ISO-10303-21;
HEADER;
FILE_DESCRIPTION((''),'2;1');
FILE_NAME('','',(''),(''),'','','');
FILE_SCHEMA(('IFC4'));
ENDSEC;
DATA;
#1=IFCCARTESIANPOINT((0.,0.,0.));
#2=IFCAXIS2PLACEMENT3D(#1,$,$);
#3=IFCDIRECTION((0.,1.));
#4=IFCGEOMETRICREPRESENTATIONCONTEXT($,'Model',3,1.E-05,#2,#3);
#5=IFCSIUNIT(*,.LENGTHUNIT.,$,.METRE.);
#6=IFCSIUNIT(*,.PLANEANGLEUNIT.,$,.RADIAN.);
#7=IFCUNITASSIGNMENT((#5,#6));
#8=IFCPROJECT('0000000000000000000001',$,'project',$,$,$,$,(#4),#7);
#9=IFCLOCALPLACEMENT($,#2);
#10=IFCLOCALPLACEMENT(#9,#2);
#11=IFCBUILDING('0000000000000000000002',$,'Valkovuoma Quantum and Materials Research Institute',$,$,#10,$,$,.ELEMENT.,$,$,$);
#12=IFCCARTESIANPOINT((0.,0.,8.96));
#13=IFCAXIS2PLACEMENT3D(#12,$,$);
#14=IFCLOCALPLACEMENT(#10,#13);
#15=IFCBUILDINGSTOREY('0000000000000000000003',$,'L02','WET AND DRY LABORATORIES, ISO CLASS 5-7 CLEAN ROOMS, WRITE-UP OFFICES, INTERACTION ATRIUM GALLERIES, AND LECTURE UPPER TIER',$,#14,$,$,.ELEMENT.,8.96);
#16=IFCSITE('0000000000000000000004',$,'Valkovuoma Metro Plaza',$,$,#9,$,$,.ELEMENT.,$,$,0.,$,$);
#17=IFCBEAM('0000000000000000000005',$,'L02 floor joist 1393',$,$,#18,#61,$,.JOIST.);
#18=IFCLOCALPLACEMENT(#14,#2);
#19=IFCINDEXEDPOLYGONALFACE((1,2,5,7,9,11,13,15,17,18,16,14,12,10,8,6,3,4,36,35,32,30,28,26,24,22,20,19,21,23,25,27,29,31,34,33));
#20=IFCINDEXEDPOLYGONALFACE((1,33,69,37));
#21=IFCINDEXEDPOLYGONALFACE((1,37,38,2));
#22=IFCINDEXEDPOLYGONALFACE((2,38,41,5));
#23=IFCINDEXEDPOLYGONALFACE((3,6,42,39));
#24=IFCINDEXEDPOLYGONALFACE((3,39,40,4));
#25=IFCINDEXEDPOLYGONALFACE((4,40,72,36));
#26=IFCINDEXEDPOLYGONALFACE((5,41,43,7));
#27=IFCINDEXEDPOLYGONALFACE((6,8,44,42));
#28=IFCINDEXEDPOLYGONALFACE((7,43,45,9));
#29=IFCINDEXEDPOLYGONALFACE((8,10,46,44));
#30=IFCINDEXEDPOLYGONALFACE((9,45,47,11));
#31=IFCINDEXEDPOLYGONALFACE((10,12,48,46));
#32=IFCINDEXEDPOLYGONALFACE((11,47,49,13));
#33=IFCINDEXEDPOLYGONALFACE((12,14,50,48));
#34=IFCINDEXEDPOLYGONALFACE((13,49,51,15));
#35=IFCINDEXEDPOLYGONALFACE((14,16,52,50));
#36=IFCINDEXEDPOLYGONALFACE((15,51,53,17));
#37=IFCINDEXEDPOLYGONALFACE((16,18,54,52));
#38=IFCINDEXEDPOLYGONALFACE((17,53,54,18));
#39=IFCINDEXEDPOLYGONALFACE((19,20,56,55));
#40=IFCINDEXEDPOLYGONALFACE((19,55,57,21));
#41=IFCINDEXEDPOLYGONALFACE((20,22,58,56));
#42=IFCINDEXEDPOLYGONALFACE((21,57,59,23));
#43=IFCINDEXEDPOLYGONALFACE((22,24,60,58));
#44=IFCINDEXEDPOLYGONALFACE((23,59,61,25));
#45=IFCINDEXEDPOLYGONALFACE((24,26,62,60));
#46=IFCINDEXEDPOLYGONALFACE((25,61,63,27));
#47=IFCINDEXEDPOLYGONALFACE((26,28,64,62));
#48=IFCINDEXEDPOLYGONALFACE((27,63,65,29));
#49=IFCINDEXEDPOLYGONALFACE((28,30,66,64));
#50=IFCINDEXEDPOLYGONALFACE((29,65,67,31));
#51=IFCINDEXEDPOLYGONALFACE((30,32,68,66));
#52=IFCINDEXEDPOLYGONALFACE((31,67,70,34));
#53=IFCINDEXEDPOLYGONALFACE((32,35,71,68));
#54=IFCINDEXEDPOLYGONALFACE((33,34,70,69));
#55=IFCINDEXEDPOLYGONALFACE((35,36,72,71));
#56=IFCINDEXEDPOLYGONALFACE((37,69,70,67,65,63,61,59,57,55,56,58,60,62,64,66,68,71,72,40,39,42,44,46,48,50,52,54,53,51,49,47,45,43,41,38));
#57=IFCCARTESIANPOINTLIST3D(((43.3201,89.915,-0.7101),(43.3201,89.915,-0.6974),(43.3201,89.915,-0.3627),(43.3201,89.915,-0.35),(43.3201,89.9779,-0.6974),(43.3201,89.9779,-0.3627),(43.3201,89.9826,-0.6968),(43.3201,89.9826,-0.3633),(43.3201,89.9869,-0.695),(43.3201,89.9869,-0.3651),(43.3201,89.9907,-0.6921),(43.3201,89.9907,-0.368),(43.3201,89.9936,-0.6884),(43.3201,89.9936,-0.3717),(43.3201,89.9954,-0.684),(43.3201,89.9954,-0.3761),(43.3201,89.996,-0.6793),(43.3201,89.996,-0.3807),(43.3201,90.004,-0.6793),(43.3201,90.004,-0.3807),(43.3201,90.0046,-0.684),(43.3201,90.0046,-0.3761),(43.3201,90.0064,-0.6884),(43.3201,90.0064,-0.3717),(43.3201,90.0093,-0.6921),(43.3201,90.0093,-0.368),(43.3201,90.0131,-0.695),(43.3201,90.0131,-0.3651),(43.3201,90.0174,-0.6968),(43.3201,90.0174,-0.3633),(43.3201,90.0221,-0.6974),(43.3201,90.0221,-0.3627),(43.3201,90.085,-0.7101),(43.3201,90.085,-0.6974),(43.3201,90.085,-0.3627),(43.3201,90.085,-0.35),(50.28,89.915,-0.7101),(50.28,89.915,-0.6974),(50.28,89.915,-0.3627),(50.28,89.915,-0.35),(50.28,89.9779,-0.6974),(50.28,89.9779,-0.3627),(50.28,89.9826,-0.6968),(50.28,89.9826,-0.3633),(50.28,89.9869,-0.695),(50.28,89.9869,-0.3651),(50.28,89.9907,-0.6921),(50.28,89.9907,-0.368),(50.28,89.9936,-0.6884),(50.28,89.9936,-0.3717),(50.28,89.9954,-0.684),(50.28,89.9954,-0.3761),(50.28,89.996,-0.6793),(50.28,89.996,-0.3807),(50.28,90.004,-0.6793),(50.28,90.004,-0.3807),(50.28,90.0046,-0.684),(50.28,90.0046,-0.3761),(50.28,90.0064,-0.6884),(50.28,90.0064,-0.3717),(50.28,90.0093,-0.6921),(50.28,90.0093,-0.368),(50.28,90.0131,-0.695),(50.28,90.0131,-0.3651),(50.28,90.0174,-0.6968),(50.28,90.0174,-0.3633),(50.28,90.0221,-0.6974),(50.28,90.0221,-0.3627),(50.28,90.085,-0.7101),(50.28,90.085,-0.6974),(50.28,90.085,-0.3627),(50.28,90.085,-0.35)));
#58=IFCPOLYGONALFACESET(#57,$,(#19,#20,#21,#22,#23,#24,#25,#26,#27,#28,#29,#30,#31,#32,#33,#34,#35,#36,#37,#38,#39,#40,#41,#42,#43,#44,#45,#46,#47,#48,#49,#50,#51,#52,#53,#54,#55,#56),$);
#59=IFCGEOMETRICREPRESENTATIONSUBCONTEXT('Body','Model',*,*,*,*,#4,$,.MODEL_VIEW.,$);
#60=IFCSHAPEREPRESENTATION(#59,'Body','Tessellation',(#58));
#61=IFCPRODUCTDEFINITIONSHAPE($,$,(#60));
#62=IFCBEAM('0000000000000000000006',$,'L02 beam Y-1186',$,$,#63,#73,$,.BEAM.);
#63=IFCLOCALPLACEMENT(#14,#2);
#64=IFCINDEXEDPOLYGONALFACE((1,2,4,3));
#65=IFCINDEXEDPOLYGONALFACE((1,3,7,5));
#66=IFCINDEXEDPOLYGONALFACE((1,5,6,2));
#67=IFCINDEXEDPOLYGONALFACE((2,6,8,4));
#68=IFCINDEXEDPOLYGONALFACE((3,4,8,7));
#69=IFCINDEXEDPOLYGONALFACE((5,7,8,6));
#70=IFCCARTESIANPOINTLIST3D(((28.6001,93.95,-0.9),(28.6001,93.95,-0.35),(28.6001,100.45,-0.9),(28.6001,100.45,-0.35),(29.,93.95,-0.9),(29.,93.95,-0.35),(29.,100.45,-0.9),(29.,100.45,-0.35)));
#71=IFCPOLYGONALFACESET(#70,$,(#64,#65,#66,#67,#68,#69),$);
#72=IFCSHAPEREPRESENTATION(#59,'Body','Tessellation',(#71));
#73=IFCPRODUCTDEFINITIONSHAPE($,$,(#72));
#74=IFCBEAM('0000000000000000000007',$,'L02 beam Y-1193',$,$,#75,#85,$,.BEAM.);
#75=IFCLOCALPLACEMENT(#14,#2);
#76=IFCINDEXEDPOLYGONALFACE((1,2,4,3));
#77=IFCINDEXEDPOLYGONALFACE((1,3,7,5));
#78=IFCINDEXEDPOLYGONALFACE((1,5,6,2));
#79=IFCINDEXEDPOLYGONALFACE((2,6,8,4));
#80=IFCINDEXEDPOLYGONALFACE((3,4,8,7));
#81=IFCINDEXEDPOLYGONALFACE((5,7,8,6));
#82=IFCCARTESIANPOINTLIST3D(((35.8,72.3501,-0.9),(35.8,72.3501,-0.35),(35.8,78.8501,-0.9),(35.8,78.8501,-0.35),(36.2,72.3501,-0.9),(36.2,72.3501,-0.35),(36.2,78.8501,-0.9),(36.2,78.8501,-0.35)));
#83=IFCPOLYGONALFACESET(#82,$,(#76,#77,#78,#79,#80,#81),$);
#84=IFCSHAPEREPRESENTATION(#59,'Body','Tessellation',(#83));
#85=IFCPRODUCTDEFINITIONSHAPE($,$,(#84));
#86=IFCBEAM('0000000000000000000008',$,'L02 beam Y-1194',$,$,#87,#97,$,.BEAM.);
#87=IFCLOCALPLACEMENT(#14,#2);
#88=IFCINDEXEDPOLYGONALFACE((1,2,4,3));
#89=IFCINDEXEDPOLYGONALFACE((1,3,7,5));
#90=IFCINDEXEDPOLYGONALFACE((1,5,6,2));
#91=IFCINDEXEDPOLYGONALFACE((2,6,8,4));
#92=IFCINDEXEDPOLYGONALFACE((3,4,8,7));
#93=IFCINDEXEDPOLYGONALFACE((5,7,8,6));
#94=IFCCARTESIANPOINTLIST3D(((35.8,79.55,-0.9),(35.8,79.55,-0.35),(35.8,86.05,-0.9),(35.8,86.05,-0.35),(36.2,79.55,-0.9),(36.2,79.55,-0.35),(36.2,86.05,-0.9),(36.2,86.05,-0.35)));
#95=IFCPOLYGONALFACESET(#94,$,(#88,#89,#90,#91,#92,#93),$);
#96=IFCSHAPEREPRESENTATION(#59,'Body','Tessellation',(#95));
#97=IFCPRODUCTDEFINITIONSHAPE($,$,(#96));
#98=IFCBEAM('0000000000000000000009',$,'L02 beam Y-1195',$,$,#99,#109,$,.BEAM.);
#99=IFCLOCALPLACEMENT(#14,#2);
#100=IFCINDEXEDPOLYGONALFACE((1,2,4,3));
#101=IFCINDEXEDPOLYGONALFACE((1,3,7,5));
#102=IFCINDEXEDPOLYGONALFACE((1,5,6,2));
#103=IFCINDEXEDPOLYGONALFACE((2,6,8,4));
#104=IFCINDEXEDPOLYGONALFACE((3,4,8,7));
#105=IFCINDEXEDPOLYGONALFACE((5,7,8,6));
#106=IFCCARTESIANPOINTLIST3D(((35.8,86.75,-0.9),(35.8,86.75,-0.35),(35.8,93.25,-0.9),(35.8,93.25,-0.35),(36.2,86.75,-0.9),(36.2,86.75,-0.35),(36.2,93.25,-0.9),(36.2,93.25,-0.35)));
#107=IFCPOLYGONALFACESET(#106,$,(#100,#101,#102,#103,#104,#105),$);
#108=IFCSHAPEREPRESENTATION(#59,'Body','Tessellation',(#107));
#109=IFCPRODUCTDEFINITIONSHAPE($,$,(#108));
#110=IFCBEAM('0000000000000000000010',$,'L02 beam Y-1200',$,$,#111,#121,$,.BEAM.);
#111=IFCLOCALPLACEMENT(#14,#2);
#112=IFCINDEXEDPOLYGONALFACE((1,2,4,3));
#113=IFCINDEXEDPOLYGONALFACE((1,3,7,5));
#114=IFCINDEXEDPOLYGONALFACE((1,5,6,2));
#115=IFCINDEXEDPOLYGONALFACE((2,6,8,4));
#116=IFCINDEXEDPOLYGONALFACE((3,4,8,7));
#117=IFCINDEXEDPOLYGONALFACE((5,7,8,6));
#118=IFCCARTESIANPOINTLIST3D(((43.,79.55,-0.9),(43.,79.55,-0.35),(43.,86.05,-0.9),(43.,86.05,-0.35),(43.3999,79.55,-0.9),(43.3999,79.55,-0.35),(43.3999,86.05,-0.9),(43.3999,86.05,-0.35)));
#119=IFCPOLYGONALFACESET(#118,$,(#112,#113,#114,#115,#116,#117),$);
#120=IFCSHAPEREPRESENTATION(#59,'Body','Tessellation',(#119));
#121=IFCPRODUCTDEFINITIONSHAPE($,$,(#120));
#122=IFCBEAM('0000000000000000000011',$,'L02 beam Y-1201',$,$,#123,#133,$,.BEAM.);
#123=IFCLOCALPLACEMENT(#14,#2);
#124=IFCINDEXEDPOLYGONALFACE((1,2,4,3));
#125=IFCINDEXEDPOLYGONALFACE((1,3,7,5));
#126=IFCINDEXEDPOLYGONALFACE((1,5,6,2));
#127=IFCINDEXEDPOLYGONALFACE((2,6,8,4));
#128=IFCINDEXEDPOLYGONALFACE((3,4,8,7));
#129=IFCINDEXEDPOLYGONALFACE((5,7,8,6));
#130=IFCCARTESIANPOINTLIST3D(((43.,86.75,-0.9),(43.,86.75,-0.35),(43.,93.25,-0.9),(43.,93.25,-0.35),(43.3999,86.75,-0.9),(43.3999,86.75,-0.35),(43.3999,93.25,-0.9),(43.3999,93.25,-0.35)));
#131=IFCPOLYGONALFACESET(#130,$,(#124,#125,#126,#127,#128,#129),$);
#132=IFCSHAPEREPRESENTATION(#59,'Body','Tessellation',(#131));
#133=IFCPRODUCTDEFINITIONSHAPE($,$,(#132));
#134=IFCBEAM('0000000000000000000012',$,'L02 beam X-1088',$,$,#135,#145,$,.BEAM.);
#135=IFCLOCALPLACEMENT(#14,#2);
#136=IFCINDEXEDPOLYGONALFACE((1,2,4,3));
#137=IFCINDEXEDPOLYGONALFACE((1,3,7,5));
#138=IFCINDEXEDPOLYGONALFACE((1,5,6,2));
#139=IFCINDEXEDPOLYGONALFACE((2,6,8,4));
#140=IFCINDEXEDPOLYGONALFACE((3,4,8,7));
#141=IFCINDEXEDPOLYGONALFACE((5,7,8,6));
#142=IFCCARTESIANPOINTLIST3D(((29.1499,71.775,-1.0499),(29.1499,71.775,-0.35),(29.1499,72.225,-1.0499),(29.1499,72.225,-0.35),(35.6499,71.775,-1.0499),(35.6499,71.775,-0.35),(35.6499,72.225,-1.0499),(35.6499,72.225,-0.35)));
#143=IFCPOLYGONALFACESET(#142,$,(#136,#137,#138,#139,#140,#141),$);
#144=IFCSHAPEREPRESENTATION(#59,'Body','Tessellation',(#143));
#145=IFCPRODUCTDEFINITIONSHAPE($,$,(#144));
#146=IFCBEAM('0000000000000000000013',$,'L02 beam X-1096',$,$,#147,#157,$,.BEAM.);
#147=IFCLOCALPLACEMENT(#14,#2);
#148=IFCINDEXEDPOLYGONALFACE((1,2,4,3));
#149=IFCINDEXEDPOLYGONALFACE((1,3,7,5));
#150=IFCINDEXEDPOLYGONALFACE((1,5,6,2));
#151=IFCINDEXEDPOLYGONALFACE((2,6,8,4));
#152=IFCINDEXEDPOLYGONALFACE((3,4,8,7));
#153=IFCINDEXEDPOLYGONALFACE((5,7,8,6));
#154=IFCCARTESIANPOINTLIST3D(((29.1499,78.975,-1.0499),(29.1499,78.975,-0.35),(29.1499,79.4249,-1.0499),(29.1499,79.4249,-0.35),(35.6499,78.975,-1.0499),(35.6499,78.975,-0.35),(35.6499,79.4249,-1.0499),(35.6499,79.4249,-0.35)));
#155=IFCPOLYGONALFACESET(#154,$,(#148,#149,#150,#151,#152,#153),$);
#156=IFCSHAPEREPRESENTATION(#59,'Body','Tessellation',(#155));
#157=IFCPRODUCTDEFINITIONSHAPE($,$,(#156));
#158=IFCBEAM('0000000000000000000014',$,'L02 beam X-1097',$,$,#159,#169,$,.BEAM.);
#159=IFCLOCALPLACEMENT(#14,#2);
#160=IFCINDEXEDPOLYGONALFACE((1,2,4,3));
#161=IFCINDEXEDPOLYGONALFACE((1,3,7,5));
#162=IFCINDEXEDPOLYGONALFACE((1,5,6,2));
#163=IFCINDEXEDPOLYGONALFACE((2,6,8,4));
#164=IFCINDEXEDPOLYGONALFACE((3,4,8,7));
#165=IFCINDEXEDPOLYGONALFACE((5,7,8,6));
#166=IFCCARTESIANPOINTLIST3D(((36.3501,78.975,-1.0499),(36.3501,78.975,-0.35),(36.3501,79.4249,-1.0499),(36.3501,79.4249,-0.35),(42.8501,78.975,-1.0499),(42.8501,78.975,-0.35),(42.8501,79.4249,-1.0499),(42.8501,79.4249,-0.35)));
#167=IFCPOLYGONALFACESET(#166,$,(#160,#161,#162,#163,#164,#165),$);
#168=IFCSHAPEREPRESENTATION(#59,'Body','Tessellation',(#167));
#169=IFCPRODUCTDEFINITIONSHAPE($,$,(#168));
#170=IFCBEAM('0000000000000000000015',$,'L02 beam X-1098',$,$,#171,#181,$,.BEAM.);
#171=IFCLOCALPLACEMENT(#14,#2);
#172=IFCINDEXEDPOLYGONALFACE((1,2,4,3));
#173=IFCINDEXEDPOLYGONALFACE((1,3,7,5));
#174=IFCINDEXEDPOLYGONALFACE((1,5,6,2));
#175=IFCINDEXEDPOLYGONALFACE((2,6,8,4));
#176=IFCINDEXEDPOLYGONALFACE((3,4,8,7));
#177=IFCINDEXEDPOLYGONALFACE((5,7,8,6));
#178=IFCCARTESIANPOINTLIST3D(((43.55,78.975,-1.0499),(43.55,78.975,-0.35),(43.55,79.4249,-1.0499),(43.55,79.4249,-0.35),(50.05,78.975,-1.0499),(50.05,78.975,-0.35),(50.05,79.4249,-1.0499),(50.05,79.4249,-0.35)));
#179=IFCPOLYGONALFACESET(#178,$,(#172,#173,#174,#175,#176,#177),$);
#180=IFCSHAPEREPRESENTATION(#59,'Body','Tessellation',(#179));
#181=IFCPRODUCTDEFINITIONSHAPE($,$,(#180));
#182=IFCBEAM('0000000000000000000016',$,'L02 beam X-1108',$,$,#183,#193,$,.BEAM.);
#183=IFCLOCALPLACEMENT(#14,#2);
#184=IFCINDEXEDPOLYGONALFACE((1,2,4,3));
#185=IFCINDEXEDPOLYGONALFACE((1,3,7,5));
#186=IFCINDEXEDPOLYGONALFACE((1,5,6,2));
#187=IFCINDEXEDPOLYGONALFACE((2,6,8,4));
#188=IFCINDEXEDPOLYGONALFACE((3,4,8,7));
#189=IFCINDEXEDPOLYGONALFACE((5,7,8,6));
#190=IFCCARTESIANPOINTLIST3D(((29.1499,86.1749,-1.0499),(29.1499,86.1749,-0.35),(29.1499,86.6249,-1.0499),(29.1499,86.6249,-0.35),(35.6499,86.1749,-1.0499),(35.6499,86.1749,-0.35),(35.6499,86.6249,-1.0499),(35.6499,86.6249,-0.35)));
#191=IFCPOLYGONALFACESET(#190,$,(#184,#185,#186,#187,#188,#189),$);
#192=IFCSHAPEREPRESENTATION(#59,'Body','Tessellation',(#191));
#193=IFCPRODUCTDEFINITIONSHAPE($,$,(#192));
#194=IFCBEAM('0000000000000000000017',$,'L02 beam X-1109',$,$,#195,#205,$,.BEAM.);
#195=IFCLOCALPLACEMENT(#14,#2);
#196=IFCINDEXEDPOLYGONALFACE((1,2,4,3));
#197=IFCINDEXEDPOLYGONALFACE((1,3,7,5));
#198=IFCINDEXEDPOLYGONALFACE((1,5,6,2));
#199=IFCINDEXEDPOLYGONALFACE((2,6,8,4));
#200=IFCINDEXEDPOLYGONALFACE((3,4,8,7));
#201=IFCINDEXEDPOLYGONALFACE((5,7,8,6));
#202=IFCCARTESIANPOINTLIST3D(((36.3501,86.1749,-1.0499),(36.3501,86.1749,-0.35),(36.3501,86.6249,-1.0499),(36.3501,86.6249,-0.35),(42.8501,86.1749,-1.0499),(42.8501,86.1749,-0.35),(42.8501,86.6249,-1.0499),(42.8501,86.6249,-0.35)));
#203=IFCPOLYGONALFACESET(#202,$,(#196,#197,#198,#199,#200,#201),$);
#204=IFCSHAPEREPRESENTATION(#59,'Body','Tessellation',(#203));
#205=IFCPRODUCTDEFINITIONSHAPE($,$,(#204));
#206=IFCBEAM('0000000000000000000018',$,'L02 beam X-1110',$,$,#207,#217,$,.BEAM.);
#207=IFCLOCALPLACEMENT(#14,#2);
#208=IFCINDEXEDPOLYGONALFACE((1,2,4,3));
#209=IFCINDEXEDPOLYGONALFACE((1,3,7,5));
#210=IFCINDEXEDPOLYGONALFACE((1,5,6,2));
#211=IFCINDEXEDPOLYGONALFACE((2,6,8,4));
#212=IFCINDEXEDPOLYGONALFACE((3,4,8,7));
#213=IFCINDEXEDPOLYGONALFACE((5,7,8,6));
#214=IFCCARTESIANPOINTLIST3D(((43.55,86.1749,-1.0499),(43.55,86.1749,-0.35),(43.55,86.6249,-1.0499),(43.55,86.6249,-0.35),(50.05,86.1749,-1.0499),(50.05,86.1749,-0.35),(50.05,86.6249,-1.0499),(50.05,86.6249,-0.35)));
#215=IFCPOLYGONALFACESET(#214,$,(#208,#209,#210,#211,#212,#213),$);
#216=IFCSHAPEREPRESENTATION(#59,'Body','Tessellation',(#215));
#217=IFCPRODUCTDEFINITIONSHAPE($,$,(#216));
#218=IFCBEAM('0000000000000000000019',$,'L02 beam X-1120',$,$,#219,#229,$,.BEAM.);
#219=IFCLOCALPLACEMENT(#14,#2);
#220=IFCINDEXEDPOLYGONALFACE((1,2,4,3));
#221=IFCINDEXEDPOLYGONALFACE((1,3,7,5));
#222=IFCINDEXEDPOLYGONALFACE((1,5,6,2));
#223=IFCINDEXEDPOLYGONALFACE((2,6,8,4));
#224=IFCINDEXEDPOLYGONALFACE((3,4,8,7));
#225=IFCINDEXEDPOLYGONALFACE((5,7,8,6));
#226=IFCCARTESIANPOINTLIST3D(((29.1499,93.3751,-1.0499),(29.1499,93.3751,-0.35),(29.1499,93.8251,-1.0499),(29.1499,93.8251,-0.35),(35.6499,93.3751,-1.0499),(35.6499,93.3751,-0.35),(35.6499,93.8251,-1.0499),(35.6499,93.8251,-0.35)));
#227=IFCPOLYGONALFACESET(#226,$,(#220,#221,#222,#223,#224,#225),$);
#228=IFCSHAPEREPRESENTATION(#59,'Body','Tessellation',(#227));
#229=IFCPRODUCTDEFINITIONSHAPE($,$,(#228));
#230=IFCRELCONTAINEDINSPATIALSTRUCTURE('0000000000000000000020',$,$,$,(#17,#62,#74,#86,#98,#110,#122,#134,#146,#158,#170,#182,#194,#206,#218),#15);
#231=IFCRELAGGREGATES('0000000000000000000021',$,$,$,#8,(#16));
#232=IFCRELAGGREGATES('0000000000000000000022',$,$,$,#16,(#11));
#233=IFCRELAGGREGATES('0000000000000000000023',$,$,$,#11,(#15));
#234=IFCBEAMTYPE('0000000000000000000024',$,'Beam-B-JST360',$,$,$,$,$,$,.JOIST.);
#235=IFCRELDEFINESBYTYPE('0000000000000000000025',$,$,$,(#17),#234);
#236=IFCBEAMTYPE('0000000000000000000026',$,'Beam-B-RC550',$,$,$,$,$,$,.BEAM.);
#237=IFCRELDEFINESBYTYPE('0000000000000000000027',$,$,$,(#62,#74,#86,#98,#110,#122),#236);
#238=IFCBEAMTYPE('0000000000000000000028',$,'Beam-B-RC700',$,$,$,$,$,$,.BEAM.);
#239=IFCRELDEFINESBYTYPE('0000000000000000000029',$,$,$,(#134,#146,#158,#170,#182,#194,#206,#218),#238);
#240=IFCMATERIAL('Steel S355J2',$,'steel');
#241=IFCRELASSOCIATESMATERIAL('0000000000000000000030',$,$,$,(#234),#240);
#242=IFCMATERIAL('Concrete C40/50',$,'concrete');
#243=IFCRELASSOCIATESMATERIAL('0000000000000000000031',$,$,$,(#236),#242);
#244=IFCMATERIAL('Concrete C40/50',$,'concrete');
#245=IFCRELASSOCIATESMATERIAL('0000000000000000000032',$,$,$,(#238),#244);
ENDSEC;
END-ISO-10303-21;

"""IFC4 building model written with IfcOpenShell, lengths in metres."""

from ifc_helpers import new_model, si_unit, direction, frame, origin, origin_2d, place, context, subcontext, project, spatial, rectangle, i_section, extrude, material, material_profile, profile_set, type_object, element, save


model = new_model("IFC4")

# Units and contexts
model_context = context("Model", 3, precision=1e-05, world=origin(), true_north=direction((0.0, 1.0)))
body_context = subcontext(model_context, "Body", "Model", "MODEL_VIEW")
ifc_project = project(units=[si_unit("LENGTHUNIT", "METRE"), si_unit("PLANEANGLEUNIT", "RADIAN")], contexts=[model_context])

# Site, building, storey
site_placement = place(None, origin())
site = spatial("IfcSite", under=ifc_project, at=site_placement, Name="Valkovuoma Metro Plaza", CompositionType="ELEMENT", RefElevation=0.0)
building_placement = place(site_placement, origin())
building = spatial("IfcBuilding", under=site, at=building_placement, Name="Valkovuoma Quantum and Materials Research Institute", CompositionType="ELEMENT")
storey_placement = place(building_placement, frame((0.0, 0.0, 8.96)))
storey = spatial("IfcBuildingStorey", under=building, at=storey_placement, Name="L02", Description="WET AND DRY LABORATORIES, ISO CLASS 5-7 CLEAN ROOMS, WRITE-UP OFFICES, INTERACTION ATRIUM GALLERIES, AND LECTURE UPPER TIER", CompositionType="ELEMENT", Elevation=8.96)

# Beams
ifc_material_1 = material(Name="Steel S355J2", Category="steel")
ifc_material_profile_1 = material_profile(ifc_material_1, i_section(OverallWidth=0.1699, OverallDepth=0.3601, WebThickness=0.0081, FlangeThickness=0.0127, FilletRadius=0.0181, at=origin_2d()), Name="Steel S355J2")
ifc_profile_set_1 = profile_set([ifc_material_profile_1], Name="Steel S355J2")
beam_type_1 = type_object("IfcBeamType", Name="Beam-B-JST360", PredefinedType="JOIST", material=ifc_profile_set_1)
for number, where, z_axis, x_axis, name in (
    (1, (43.3201, 90.0, -0.53), (1.0, 0.0, 0.0), (0.0, 1.0, 0.0), "L02 floor joist 1393"),
):
    element("IfcBeam", number, at=place(storey_placement, frame(where, z_axis=z_axis, x_axis=x_axis)), inside=storey, type_object=beam_type_1, Name=name, PredefinedType="JOIST", context=body_context, shape_type="SweptSolid", body=[
        extrude(i_section(OverallWidth=0.1699, OverallDepth=0.3601, WebThickness=0.0081, FlangeThickness=0.0127, FilletRadius=0.0181, at=origin_2d()), origin(), (0.0, 0.0, 1.0), 6.96),
    ])
ifc_material_2 = material(Name="Concrete C40/50", Category="concrete")
ifc_material_profile_2 = material_profile(ifc_material_2, rectangle(XDim=0.3999, YDim=0.55, at=origin_2d()), Name="Concrete C40/50")
ifc_profile_set_2 = profile_set([ifc_material_profile_2], Name="Concrete C40/50")
beam_type_2 = type_object("IfcBeamType", Name="Beam-B-RC550", PredefinedType="BEAM", material=ifc_profile_set_2)
for number, where, z_axis, x_axis, name in (
    (2, (28.8, 93.95, -0.625), (0.0, 1.0, 0.0), (-1.0, 0.0, 0.0), "L02 beam Y-1186"),
    (3, (36.0, 72.3501, -0.625), (0.0, 1.0, 0.0), (-1.0, 0.0, 0.0), "L02 beam Y-1193"),
    (4, (36.0, 79.55, -0.625), (0.0, 1.0, 0.0), (-1.0, 0.0, 0.0), "L02 beam Y-1194"),
    (5, (36.0, 86.75, -0.625), (0.0, 1.0, 0.0), (-1.0, 0.0, 0.0), "L02 beam Y-1195"),
    (6, (43.2, 79.55, -0.625), (0.0, 1.0, 0.0), (-1.0, 0.0, 0.0), "L02 beam Y-1200"),
    (7, (43.2, 86.75, -0.625), (0.0, 1.0, 0.0), (-1.0, 0.0, 0.0), "L02 beam Y-1201"),
):
    element("IfcBeam", number, at=place(storey_placement, frame(where, z_axis=z_axis, x_axis=x_axis)), inside=storey, type_object=beam_type_2, Name=name, PredefinedType="BEAM", context=body_context, shape_type="SweptSolid", body=[
        extrude(rectangle(XDim=0.3999, YDim=0.55, at=origin_2d()), origin(), (0.0, 0.0, 1.0), 6.5),
    ])
ifc_material_3 = material(Name="Concrete C40/50", Category="concrete")
ifc_material_profile_3 = material_profile(ifc_material_3, rectangle(XDim=0.45, YDim=0.7, at=origin_2d()), Name="Concrete C40/50")
ifc_profile_set_3 = profile_set([ifc_material_profile_3], Name="Concrete C40/50")
beam_type_3 = type_object("IfcBeamType", Name="Beam-B-RC700", PredefinedType="BEAM", material=ifc_profile_set_3)
for number, where, z_axis, x_axis, name in (
    (8, (29.1499, 72.0, -0.7), (1.0, 0.0, 0.0), (0.0, 1.0, 0.0), "L02 beam X-1088"),
    (9, (29.1499, 79.2, -0.7), (1.0, 0.0, 0.0), (0.0, 1.0, 0.0), "L02 beam X-1096"),
    (10, (36.3501, 79.2, -0.7), (1.0, 0.0, 0.0), (0.0, 1.0, 0.0), "L02 beam X-1097"),
    (11, (43.55, 79.2, -0.7), (1.0, 0.0, 0.0), (0.0, 1.0, 0.0), "L02 beam X-1098"),
    (12, (29.1499, 86.3999, -0.7), (1.0, 0.0, 0.0), (0.0, 1.0, 0.0), "L02 beam X-1108"),
    (13, (36.3501, 86.3999, -0.7), (1.0, 0.0, 0.0), (0.0, 1.0, 0.0), "L02 beam X-1109"),
    (14, (43.55, 86.3999, -0.7), (1.0, 0.0, 0.0), (0.0, 1.0, 0.0), "L02 beam X-1110"),
    (15, (29.1499, 93.6001, -0.7), (1.0, 0.0, 0.0), (0.0, 1.0, 0.0), "L02 beam X-1120"),
):
    element("IfcBeam", number, at=place(storey_placement, frame(where, z_axis=z_axis, x_axis=x_axis)), inside=storey, type_object=beam_type_3, Name=name, PredefinedType="BEAM", context=body_context, shape_type="SweptSolid", body=[
        extrude(rectangle(XDim=0.45, YDim=0.7, at=origin_2d()), origin(), (0.0, 0.0, 1.0), 6.5),
    ])

save(model, "model.ifc")
